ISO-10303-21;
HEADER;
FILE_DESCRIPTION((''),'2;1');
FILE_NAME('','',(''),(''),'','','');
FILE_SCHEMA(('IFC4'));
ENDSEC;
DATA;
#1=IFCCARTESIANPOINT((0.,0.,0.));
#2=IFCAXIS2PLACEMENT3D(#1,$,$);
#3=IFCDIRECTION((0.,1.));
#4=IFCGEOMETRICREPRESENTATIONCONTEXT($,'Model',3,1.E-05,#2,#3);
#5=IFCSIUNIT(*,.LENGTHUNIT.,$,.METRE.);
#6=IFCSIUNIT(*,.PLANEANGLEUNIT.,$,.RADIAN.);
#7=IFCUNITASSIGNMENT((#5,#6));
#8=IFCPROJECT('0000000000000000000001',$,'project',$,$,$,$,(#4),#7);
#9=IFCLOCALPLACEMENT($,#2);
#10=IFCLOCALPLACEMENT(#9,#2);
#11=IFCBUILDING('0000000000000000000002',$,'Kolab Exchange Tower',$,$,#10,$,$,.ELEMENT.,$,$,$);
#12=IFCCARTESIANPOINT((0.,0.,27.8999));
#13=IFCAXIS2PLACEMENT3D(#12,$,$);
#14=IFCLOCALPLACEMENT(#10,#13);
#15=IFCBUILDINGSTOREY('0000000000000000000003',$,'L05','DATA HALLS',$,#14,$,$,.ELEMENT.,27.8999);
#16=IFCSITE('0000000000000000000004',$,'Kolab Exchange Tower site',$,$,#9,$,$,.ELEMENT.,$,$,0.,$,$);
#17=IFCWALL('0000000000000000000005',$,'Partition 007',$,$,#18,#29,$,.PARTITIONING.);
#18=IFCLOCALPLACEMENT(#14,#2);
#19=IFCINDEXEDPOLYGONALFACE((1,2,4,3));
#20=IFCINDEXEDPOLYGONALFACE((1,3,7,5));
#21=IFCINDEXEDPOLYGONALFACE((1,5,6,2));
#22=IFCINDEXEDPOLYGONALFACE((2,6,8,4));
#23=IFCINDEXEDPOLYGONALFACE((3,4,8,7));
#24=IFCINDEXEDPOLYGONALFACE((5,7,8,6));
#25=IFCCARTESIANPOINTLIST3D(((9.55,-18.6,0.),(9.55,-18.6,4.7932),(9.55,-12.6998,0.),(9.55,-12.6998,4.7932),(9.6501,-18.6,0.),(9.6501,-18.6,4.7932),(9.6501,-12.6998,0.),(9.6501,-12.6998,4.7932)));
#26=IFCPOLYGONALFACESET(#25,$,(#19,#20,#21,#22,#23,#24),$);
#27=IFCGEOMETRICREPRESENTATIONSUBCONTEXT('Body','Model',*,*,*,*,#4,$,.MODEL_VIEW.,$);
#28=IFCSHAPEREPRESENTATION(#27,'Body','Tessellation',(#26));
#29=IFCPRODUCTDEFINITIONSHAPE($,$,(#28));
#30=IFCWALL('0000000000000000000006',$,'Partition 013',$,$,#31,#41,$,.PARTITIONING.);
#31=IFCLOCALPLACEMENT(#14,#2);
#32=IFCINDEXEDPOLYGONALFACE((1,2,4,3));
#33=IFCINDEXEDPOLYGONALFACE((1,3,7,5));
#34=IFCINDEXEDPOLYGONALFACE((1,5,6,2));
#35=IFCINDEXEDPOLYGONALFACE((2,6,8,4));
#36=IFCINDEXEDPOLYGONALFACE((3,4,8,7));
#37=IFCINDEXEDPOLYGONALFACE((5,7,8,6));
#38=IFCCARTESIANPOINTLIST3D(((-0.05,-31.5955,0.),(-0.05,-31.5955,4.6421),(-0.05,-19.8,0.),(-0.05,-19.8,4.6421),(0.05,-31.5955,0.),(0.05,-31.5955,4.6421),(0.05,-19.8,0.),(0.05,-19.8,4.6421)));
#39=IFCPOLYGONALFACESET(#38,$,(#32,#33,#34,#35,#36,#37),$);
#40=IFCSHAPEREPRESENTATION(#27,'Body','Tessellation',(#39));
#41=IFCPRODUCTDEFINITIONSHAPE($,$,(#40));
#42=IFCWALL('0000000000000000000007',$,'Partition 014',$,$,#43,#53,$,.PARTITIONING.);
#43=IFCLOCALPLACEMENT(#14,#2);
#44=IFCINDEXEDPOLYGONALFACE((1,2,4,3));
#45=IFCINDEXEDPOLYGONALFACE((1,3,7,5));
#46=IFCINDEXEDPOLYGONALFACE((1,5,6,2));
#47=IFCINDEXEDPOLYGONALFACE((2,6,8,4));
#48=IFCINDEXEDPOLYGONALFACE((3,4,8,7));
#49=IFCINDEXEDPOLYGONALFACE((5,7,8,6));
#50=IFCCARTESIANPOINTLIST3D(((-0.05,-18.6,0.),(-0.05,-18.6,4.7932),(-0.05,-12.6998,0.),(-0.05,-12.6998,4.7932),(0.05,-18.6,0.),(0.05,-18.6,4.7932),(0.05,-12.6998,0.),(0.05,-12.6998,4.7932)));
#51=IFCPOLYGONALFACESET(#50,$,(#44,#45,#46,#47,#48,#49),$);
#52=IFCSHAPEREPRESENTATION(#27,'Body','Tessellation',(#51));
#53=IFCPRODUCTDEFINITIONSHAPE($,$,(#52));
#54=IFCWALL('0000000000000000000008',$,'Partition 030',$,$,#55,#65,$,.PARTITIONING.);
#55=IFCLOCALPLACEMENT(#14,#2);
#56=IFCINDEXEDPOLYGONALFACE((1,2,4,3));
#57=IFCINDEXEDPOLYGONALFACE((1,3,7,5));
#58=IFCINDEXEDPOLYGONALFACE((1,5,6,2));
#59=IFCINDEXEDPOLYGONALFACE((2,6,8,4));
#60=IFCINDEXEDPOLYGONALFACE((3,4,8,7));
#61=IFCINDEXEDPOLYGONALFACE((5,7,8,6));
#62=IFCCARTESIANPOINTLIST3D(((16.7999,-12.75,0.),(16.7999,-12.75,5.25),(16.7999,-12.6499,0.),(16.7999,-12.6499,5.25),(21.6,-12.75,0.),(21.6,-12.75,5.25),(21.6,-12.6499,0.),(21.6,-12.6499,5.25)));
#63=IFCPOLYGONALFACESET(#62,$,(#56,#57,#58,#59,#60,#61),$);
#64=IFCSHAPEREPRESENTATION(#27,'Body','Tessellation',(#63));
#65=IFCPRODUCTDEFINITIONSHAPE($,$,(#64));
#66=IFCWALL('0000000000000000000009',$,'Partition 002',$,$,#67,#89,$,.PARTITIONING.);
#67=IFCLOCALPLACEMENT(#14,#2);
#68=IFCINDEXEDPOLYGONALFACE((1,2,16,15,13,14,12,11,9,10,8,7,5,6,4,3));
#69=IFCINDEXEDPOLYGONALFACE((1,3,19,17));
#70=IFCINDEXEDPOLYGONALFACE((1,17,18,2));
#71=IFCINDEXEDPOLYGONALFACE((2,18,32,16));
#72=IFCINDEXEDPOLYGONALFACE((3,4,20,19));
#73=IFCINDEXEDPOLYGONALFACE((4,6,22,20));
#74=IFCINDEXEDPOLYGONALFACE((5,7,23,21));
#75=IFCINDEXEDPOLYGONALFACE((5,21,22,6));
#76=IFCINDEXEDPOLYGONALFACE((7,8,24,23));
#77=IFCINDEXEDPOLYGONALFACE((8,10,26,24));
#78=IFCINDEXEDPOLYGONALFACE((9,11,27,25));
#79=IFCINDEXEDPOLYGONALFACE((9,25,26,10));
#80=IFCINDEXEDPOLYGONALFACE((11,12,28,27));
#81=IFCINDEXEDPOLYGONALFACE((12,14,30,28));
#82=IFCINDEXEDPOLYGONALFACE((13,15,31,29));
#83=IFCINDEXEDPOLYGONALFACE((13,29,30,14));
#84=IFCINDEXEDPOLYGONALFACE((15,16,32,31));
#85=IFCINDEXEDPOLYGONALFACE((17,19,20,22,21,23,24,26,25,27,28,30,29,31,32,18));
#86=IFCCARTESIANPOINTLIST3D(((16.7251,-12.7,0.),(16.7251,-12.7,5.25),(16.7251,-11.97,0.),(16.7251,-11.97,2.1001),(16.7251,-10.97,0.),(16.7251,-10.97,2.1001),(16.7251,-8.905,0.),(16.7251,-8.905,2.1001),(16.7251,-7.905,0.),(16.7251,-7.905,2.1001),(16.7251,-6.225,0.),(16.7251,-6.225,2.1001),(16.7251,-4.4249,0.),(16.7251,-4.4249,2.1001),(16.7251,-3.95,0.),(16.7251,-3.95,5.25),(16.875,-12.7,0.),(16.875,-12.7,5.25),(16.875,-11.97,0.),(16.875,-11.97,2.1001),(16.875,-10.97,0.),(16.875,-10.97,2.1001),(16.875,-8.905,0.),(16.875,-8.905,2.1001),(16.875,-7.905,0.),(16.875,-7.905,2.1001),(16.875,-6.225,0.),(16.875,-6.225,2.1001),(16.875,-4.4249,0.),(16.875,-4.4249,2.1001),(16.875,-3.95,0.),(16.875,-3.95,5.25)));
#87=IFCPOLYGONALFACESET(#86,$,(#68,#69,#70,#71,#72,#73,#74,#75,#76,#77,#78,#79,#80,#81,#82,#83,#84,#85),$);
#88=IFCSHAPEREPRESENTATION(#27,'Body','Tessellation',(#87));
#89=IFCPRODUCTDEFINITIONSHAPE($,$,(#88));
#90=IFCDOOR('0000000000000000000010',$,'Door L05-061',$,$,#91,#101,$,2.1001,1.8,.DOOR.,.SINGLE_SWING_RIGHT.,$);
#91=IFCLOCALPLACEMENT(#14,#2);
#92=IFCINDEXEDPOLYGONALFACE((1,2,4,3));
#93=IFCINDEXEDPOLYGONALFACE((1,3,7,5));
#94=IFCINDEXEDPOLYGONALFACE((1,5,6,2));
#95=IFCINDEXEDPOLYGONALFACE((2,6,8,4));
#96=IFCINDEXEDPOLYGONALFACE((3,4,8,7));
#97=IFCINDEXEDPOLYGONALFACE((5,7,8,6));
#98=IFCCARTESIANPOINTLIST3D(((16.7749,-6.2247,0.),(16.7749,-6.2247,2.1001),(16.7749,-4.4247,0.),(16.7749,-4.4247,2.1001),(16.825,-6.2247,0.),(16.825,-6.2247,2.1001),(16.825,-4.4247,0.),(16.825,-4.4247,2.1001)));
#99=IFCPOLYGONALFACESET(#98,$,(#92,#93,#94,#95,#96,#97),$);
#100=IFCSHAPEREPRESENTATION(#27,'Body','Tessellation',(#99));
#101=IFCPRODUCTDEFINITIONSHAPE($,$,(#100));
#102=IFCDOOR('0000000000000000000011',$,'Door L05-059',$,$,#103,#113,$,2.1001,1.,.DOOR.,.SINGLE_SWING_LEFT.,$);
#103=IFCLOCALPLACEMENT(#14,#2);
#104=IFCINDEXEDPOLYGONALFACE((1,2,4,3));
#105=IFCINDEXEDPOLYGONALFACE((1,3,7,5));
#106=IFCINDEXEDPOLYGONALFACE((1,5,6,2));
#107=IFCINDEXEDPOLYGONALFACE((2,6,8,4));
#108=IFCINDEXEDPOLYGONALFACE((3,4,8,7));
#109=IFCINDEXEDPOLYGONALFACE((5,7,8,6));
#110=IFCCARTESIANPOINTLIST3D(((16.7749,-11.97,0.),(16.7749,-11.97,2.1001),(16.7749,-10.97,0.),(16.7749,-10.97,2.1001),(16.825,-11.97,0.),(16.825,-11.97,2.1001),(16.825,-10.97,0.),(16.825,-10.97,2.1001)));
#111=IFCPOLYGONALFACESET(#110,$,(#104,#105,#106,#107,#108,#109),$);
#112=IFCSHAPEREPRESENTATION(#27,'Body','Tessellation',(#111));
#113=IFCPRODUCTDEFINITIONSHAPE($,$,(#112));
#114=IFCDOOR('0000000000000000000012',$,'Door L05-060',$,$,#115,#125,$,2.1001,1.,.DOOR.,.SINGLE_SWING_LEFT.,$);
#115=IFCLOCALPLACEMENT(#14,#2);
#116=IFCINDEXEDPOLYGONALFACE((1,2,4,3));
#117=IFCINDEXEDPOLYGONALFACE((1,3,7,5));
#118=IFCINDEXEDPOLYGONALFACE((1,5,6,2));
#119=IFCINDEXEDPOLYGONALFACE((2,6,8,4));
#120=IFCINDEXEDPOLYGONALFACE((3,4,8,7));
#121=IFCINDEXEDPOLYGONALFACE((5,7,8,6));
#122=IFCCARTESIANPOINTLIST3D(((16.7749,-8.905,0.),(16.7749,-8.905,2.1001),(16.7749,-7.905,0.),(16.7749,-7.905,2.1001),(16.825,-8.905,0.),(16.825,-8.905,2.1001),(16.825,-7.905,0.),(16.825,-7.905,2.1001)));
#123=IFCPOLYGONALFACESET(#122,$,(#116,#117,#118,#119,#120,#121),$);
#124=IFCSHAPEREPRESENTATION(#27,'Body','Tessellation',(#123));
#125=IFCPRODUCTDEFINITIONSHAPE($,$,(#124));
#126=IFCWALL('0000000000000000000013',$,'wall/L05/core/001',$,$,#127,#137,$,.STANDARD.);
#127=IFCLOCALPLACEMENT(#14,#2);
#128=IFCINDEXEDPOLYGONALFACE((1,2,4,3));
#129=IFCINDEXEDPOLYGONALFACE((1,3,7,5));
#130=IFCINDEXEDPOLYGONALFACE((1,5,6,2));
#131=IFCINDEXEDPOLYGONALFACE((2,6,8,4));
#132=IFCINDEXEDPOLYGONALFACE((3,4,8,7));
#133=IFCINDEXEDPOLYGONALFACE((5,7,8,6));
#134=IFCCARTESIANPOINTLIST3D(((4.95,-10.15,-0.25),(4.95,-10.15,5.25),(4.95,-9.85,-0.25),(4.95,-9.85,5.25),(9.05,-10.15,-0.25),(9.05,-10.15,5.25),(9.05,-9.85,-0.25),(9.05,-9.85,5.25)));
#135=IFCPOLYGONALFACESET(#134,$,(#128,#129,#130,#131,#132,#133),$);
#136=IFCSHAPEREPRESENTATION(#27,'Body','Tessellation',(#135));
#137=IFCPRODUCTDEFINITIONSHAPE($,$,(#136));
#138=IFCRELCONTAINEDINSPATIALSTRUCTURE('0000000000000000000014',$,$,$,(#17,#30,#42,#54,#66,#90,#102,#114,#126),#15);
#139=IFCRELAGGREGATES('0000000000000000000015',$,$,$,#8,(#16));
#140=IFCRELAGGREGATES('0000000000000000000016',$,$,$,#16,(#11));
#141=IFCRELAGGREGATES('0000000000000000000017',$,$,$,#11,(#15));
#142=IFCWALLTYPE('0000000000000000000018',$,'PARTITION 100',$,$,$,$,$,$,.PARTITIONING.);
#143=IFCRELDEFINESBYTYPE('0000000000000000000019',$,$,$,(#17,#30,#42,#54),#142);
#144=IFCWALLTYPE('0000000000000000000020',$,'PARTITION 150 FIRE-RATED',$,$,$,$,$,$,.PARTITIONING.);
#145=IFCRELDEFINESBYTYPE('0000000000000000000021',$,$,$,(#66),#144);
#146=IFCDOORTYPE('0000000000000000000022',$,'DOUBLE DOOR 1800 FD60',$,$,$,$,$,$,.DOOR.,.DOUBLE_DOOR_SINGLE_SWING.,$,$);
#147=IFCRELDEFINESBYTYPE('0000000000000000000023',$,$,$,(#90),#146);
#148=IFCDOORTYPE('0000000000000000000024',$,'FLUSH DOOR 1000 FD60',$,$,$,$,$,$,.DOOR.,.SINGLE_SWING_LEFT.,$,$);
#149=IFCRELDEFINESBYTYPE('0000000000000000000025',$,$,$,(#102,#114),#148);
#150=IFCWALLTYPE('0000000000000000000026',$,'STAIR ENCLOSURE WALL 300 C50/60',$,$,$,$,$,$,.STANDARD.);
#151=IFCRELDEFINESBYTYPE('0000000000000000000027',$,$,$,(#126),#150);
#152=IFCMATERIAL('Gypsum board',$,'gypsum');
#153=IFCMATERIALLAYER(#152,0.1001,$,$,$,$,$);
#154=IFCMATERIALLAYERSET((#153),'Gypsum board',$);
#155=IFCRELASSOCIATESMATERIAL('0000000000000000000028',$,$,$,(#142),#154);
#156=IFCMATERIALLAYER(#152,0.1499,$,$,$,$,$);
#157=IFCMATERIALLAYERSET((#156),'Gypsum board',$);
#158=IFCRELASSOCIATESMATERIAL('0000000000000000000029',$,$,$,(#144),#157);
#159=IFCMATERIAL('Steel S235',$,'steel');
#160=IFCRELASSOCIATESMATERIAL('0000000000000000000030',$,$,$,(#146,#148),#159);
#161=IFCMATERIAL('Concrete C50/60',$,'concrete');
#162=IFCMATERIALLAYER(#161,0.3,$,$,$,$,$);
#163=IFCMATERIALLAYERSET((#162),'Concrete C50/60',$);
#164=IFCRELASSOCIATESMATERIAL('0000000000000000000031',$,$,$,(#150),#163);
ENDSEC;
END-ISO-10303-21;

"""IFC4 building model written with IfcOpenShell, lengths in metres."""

from ifc_helpers import new_model, si_unit, direction, frame, frame_2d, origin, place, context, subcontext, project, spatial, rectangle, extrude, material, layer, layer_set, type_object, element, fill, save


model = new_model("IFC4")

# Units and contexts
model_context = context("Model", 3, precision=1e-05, world=origin(), true_north=direction((0.0, 1.0)))
body_context = subcontext(model_context, "Body", "Model", "MODEL_VIEW")
ifc_project = project(units=[si_unit("LENGTHUNIT", "METRE"), si_unit("PLANEANGLEUNIT", "RADIAN")], contexts=[model_context])

# Site, building, storey
site_placement = place(None, origin())
site = spatial("IfcSite", under=ifc_project, at=site_placement, Name="Kolab Exchange Tower site", CompositionType="ELEMENT", RefElevation=0.0)
building_placement = place(site_placement, origin())
building = spatial("IfcBuilding", under=site, at=building_placement, Name="Kolab Exchange Tower", CompositionType="ELEMENT")
storey_placement = place(building_placement, frame((0.0, 0.0, 27.8999)))
storey = spatial("IfcBuildingStorey", under=building, at=storey_placement, Name="L05", Description="DATA HALLS", CompositionType="ELEMENT", Elevation=27.8999)

# Shared definitions
ifc_material_1 = material(Name="Steel S235", Category="steel")

# Walls
ifc_material_2 = material(Name="Concrete C50/60", Category="concrete")
ifc_material_3 = material(Name="Gypsum board", Category="gypsum")
ifc_layer_1 = layer(ifc_material_3, 0.1001)
ifc_layer_set_1 = layer_set([ifc_layer_1], Name="Gypsum board")
wall_type_1 = type_object("IfcWallType", Name="PARTITION 100", PredefinedType="PARTITIONING", material=ifc_layer_set_1)
wall_1_placement = place(storey_placement, frame((9.6001, -18.6001, 0.0), z_axis=(0.0, 0.0, 1.0), x_axis=(0.0, 1.0, 0.0)))
element("IfcWall", 1, at=wall_1_placement, inside=storey, type_object=wall_type_1, Name="Partition 007", PredefinedType="PARTITIONING", context=body_context, shape_type="SweptSolid", body=[
    extrude(rectangle(XDim=5.9001, YDim=0.1001, at=frame_2d((2.9502, 0.0))), origin(), (0.0, 0.0, 1.0), 4.7932),
])
wall_2_placement = place(storey_placement, frame((0.0, -31.5955, 0.0), z_axis=(0.0, 0.0, 1.0), x_axis=(0.0, 1.0, 0.0)))
element("IfcWall", 2, at=wall_2_placement, inside=storey, type_object=wall_type_1, Name="Partition 013", PredefinedType="PARTITIONING", context=body_context, shape_type="SweptSolid", body=[
    extrude(rectangle(XDim=11.7954, YDim=0.1001, at=frame_2d((5.8977, 0.0))), origin(), (0.0, 0.0, 1.0), 4.6421),
])
wall_3_placement = place(storey_placement, frame((0.0, -18.6001, 0.0), z_axis=(0.0, 0.0, 1.0), x_axis=(0.0, 1.0, 0.0)))
element("IfcWall", 3, at=wall_3_placement, inside=storey, type_object=wall_type_1, Name="Partition 014", PredefinedType="PARTITIONING", context=body_context, shape_type="SweptSolid", body=[
    extrude(rectangle(XDim=5.9001, YDim=0.1001, at=frame_2d((2.9502, 0.0))), origin(), (0.0, 0.0, 1.0), 4.7932),
])
wall_4_placement = place(storey_placement, frame((16.8, -12.7, 0.0), z_axis=(0.0, 0.0, 1.0), x_axis=(1.0, 0.0, 0.0)))
element("IfcWall", 4, at=wall_4_placement, inside=storey, type_object=wall_type_1, Name="Partition 030", PredefinedType="PARTITIONING", context=body_context, shape_type="SweptSolid", body=[
    extrude(rectangle(XDim=4.8, YDim=0.1001, at=frame_2d((2.3999, 0.0))), origin(), (0.0, 0.0, 1.0), 5.25),
])

# Wall, openings, doors
ifc_layer_2 = layer(ifc_material_3, 0.1499)
ifc_layer_set_2 = layer_set([ifc_layer_2], Name="Gypsum board")
wall_type_2 = type_object("IfcWallType", Name="PARTITION 150 FIRE-RATED", PredefinedType="PARTITIONING", material=ifc_layer_set_2)
wall_5_placement = place(storey_placement, frame((16.8, -12.7, 0.0), z_axis=(0.0, 0.0, 1.0), x_axis=(0.0, 1.0, 0.0)))
wall_5 = element("IfcWall", 5, at=wall_5_placement, inside=storey, type_object=wall_type_2, Name="Partition 002", PredefinedType="PARTITIONING", context=body_context, shape_type="SweptSolid", body=[
    extrude(rectangle(XDim=8.75, YDim=0.1499, at=frame_2d((4.375, 0.0))), origin(), (0.0, 0.0, 1.0), 5.25),
])
opening_1_placement = place(wall_5_placement, frame((0.73, 0.0, 0.0)))
opening_1 = element("IfcOpeningElement", 6, at=opening_1_placement, cuts=wall_5, PredefinedType="OPENING", context=body_context, shape_type="SweptSolid", body=[
    extrude(rectangle(XDim=1.0, YDim=2.1001, at=frame_2d((0.5, 1.05))), frame((0.0, 0.085, 0.0), z_axis=(0.0, -1.0, 0.0), x_axis=(1.0, 0.0, 0.0)), (0.0, 0.0, 1.0), 0.1699),
])
opening_2_placement = place(wall_5_placement, frame((3.7949, 0.0, 0.0)))
opening_2 = element("IfcOpeningElement", 7, at=opening_2_placement, cuts=wall_5, PredefinedType="OPENING", context=body_context, shape_type="SweptSolid", body=[
    extrude(rectangle(XDim=1.0, YDim=2.1001, at=frame_2d((0.5, 1.05))), frame((0.0, 0.085, 0.0), z_axis=(0.0, -1.0, 0.0), x_axis=(1.0, 0.0, 0.0)), (0.0, 0.0, 1.0), 0.1699),
])
opening_3_placement = place(wall_5_placement, frame((6.4751, 0.0, 0.0)))
opening_3 = element("IfcOpeningElement", 8, at=opening_3_placement, cuts=wall_5, PredefinedType="OPENING", context=body_context, shape_type="SweptSolid", body=[
    extrude(rectangle(XDim=1.8, YDim=2.1001, at=frame_2d((0.8999, 1.05))), frame((0.0, 0.085, 0.0), z_axis=(0.0, -1.0, 0.0), x_axis=(1.0, 0.0, 0.0)), (0.0, 0.0, 1.0), 0.1699),
])
door_type_1 = type_object("IfcDoorType", Name="DOUBLE DOOR 1800 FD60", OperationType="DOUBLE_DOOR_SINGLE_SWING", PredefinedType="DOOR", material=ifc_material_1)
door_1_placement = place(opening_3_placement, frame((1.8, 0.0, 0.0), z_axis=(0.0, 0.0, 1.0), x_axis=(-1.0, 0.0, 0.0)))
door_1 = element("IfcDoor", 9, at=door_1_placement, inside=storey, type_object=door_type_1, Name="Door L05-061", OperationType="SINGLE_SWING_RIGHT", OverallHeight=2.1001, OverallWidth=1.8, PredefinedType="DOOR", context=body_context, shape_type="SweptSolid", body=[
    extrude(rectangle(XDim=1.8, YDim=2.1001, at=frame_2d((0.8999, 1.05))), frame((0.0, 0.0249, 0.0), z_axis=(0.0, -1.0, 0.0), x_axis=(1.0, 0.0, 0.0)), (0.0, 0.0, 1.0), 0.05),
])
fill(opening_3, door_1)
door_type_2 = type_object("IfcDoorType", Name="FLUSH DOOR 1000 FD60", OperationType="SINGLE_SWING_LEFT", PredefinedType="DOOR", material=ifc_material_1)
door_2_placement = place(opening_1_placement, frame((1.0, 0.0, 0.0), z_axis=(0.0, 0.0, 1.0), x_axis=(-1.0, 0.0, 0.0)))
door_2 = element("IfcDoor", 10, at=door_2_placement, inside=storey, type_object=door_type_2, Name="Door L05-059", OperationType="SINGLE_SWING_LEFT", OverallHeight=2.1001, OverallWidth=1.0, PredefinedType="DOOR", context=body_context, shape_type="SweptSolid", body=[
    extrude(rectangle(XDim=1.0, YDim=2.1001, at=frame_2d((0.5, 1.05))), frame((0.0, 0.0249, 0.0), z_axis=(0.0, -1.0, 0.0), x_axis=(1.0, 0.0, 0.0)), (0.0, 0.0, 1.0), 0.05),
])
fill(opening_1, door_2)
door_3_placement = place(opening_2_placement, frame((1.0, 0.0, 0.0), z_axis=(0.0, 0.0, 1.0), x_axis=(-1.0, 0.0, 0.0)))
door_3 = element("IfcDoor", 11, at=door_3_placement, inside=storey, type_object=door_type_2, Name="Door L05-060", OperationType="SINGLE_SWING_LEFT", OverallHeight=2.1001, OverallWidth=1.0, PredefinedType="DOOR", context=body_context, shape_type="SweptSolid", body=[
    extrude(rectangle(XDim=1.0, YDim=2.1001, at=frame_2d((0.5, 1.05))), frame((0.0, 0.0249, 0.0), z_axis=(0.0, -1.0, 0.0), x_axis=(1.0, 0.0, 0.0)), (0.0, 0.0, 1.0), 0.05),
])
fill(opening_2, door_3)

# Wall
ifc_layer_3 = layer(ifc_material_2, 0.3)
ifc_layer_set_3 = layer_set([ifc_layer_3], Name="Concrete C50/60")
wall_type_3 = type_object("IfcWallType", Name="STAIR ENCLOSURE WALL 300 C50/60", PredefinedType="STANDARD", material=ifc_layer_set_3)
wall_6_placement = place(storey_placement, frame((4.95, -10.0, -0.25), z_axis=(0.0, 0.0, 1.0), x_axis=(1.0, 0.0, 0.0)))
element("IfcWall", 12, at=wall_6_placement, inside=storey, type_object=wall_type_3, Name="wall/L05/core/001", PredefinedType="STANDARD", context=body_context, shape_type="SweptSolid", body=[
    extrude(rectangle(XDim=4.1001, YDim=0.3, at=frame_2d((2.05, 0.0))), origin(), (0.0, 0.0, 1.0), 5.5),
])

save(model, "model.ifc")
